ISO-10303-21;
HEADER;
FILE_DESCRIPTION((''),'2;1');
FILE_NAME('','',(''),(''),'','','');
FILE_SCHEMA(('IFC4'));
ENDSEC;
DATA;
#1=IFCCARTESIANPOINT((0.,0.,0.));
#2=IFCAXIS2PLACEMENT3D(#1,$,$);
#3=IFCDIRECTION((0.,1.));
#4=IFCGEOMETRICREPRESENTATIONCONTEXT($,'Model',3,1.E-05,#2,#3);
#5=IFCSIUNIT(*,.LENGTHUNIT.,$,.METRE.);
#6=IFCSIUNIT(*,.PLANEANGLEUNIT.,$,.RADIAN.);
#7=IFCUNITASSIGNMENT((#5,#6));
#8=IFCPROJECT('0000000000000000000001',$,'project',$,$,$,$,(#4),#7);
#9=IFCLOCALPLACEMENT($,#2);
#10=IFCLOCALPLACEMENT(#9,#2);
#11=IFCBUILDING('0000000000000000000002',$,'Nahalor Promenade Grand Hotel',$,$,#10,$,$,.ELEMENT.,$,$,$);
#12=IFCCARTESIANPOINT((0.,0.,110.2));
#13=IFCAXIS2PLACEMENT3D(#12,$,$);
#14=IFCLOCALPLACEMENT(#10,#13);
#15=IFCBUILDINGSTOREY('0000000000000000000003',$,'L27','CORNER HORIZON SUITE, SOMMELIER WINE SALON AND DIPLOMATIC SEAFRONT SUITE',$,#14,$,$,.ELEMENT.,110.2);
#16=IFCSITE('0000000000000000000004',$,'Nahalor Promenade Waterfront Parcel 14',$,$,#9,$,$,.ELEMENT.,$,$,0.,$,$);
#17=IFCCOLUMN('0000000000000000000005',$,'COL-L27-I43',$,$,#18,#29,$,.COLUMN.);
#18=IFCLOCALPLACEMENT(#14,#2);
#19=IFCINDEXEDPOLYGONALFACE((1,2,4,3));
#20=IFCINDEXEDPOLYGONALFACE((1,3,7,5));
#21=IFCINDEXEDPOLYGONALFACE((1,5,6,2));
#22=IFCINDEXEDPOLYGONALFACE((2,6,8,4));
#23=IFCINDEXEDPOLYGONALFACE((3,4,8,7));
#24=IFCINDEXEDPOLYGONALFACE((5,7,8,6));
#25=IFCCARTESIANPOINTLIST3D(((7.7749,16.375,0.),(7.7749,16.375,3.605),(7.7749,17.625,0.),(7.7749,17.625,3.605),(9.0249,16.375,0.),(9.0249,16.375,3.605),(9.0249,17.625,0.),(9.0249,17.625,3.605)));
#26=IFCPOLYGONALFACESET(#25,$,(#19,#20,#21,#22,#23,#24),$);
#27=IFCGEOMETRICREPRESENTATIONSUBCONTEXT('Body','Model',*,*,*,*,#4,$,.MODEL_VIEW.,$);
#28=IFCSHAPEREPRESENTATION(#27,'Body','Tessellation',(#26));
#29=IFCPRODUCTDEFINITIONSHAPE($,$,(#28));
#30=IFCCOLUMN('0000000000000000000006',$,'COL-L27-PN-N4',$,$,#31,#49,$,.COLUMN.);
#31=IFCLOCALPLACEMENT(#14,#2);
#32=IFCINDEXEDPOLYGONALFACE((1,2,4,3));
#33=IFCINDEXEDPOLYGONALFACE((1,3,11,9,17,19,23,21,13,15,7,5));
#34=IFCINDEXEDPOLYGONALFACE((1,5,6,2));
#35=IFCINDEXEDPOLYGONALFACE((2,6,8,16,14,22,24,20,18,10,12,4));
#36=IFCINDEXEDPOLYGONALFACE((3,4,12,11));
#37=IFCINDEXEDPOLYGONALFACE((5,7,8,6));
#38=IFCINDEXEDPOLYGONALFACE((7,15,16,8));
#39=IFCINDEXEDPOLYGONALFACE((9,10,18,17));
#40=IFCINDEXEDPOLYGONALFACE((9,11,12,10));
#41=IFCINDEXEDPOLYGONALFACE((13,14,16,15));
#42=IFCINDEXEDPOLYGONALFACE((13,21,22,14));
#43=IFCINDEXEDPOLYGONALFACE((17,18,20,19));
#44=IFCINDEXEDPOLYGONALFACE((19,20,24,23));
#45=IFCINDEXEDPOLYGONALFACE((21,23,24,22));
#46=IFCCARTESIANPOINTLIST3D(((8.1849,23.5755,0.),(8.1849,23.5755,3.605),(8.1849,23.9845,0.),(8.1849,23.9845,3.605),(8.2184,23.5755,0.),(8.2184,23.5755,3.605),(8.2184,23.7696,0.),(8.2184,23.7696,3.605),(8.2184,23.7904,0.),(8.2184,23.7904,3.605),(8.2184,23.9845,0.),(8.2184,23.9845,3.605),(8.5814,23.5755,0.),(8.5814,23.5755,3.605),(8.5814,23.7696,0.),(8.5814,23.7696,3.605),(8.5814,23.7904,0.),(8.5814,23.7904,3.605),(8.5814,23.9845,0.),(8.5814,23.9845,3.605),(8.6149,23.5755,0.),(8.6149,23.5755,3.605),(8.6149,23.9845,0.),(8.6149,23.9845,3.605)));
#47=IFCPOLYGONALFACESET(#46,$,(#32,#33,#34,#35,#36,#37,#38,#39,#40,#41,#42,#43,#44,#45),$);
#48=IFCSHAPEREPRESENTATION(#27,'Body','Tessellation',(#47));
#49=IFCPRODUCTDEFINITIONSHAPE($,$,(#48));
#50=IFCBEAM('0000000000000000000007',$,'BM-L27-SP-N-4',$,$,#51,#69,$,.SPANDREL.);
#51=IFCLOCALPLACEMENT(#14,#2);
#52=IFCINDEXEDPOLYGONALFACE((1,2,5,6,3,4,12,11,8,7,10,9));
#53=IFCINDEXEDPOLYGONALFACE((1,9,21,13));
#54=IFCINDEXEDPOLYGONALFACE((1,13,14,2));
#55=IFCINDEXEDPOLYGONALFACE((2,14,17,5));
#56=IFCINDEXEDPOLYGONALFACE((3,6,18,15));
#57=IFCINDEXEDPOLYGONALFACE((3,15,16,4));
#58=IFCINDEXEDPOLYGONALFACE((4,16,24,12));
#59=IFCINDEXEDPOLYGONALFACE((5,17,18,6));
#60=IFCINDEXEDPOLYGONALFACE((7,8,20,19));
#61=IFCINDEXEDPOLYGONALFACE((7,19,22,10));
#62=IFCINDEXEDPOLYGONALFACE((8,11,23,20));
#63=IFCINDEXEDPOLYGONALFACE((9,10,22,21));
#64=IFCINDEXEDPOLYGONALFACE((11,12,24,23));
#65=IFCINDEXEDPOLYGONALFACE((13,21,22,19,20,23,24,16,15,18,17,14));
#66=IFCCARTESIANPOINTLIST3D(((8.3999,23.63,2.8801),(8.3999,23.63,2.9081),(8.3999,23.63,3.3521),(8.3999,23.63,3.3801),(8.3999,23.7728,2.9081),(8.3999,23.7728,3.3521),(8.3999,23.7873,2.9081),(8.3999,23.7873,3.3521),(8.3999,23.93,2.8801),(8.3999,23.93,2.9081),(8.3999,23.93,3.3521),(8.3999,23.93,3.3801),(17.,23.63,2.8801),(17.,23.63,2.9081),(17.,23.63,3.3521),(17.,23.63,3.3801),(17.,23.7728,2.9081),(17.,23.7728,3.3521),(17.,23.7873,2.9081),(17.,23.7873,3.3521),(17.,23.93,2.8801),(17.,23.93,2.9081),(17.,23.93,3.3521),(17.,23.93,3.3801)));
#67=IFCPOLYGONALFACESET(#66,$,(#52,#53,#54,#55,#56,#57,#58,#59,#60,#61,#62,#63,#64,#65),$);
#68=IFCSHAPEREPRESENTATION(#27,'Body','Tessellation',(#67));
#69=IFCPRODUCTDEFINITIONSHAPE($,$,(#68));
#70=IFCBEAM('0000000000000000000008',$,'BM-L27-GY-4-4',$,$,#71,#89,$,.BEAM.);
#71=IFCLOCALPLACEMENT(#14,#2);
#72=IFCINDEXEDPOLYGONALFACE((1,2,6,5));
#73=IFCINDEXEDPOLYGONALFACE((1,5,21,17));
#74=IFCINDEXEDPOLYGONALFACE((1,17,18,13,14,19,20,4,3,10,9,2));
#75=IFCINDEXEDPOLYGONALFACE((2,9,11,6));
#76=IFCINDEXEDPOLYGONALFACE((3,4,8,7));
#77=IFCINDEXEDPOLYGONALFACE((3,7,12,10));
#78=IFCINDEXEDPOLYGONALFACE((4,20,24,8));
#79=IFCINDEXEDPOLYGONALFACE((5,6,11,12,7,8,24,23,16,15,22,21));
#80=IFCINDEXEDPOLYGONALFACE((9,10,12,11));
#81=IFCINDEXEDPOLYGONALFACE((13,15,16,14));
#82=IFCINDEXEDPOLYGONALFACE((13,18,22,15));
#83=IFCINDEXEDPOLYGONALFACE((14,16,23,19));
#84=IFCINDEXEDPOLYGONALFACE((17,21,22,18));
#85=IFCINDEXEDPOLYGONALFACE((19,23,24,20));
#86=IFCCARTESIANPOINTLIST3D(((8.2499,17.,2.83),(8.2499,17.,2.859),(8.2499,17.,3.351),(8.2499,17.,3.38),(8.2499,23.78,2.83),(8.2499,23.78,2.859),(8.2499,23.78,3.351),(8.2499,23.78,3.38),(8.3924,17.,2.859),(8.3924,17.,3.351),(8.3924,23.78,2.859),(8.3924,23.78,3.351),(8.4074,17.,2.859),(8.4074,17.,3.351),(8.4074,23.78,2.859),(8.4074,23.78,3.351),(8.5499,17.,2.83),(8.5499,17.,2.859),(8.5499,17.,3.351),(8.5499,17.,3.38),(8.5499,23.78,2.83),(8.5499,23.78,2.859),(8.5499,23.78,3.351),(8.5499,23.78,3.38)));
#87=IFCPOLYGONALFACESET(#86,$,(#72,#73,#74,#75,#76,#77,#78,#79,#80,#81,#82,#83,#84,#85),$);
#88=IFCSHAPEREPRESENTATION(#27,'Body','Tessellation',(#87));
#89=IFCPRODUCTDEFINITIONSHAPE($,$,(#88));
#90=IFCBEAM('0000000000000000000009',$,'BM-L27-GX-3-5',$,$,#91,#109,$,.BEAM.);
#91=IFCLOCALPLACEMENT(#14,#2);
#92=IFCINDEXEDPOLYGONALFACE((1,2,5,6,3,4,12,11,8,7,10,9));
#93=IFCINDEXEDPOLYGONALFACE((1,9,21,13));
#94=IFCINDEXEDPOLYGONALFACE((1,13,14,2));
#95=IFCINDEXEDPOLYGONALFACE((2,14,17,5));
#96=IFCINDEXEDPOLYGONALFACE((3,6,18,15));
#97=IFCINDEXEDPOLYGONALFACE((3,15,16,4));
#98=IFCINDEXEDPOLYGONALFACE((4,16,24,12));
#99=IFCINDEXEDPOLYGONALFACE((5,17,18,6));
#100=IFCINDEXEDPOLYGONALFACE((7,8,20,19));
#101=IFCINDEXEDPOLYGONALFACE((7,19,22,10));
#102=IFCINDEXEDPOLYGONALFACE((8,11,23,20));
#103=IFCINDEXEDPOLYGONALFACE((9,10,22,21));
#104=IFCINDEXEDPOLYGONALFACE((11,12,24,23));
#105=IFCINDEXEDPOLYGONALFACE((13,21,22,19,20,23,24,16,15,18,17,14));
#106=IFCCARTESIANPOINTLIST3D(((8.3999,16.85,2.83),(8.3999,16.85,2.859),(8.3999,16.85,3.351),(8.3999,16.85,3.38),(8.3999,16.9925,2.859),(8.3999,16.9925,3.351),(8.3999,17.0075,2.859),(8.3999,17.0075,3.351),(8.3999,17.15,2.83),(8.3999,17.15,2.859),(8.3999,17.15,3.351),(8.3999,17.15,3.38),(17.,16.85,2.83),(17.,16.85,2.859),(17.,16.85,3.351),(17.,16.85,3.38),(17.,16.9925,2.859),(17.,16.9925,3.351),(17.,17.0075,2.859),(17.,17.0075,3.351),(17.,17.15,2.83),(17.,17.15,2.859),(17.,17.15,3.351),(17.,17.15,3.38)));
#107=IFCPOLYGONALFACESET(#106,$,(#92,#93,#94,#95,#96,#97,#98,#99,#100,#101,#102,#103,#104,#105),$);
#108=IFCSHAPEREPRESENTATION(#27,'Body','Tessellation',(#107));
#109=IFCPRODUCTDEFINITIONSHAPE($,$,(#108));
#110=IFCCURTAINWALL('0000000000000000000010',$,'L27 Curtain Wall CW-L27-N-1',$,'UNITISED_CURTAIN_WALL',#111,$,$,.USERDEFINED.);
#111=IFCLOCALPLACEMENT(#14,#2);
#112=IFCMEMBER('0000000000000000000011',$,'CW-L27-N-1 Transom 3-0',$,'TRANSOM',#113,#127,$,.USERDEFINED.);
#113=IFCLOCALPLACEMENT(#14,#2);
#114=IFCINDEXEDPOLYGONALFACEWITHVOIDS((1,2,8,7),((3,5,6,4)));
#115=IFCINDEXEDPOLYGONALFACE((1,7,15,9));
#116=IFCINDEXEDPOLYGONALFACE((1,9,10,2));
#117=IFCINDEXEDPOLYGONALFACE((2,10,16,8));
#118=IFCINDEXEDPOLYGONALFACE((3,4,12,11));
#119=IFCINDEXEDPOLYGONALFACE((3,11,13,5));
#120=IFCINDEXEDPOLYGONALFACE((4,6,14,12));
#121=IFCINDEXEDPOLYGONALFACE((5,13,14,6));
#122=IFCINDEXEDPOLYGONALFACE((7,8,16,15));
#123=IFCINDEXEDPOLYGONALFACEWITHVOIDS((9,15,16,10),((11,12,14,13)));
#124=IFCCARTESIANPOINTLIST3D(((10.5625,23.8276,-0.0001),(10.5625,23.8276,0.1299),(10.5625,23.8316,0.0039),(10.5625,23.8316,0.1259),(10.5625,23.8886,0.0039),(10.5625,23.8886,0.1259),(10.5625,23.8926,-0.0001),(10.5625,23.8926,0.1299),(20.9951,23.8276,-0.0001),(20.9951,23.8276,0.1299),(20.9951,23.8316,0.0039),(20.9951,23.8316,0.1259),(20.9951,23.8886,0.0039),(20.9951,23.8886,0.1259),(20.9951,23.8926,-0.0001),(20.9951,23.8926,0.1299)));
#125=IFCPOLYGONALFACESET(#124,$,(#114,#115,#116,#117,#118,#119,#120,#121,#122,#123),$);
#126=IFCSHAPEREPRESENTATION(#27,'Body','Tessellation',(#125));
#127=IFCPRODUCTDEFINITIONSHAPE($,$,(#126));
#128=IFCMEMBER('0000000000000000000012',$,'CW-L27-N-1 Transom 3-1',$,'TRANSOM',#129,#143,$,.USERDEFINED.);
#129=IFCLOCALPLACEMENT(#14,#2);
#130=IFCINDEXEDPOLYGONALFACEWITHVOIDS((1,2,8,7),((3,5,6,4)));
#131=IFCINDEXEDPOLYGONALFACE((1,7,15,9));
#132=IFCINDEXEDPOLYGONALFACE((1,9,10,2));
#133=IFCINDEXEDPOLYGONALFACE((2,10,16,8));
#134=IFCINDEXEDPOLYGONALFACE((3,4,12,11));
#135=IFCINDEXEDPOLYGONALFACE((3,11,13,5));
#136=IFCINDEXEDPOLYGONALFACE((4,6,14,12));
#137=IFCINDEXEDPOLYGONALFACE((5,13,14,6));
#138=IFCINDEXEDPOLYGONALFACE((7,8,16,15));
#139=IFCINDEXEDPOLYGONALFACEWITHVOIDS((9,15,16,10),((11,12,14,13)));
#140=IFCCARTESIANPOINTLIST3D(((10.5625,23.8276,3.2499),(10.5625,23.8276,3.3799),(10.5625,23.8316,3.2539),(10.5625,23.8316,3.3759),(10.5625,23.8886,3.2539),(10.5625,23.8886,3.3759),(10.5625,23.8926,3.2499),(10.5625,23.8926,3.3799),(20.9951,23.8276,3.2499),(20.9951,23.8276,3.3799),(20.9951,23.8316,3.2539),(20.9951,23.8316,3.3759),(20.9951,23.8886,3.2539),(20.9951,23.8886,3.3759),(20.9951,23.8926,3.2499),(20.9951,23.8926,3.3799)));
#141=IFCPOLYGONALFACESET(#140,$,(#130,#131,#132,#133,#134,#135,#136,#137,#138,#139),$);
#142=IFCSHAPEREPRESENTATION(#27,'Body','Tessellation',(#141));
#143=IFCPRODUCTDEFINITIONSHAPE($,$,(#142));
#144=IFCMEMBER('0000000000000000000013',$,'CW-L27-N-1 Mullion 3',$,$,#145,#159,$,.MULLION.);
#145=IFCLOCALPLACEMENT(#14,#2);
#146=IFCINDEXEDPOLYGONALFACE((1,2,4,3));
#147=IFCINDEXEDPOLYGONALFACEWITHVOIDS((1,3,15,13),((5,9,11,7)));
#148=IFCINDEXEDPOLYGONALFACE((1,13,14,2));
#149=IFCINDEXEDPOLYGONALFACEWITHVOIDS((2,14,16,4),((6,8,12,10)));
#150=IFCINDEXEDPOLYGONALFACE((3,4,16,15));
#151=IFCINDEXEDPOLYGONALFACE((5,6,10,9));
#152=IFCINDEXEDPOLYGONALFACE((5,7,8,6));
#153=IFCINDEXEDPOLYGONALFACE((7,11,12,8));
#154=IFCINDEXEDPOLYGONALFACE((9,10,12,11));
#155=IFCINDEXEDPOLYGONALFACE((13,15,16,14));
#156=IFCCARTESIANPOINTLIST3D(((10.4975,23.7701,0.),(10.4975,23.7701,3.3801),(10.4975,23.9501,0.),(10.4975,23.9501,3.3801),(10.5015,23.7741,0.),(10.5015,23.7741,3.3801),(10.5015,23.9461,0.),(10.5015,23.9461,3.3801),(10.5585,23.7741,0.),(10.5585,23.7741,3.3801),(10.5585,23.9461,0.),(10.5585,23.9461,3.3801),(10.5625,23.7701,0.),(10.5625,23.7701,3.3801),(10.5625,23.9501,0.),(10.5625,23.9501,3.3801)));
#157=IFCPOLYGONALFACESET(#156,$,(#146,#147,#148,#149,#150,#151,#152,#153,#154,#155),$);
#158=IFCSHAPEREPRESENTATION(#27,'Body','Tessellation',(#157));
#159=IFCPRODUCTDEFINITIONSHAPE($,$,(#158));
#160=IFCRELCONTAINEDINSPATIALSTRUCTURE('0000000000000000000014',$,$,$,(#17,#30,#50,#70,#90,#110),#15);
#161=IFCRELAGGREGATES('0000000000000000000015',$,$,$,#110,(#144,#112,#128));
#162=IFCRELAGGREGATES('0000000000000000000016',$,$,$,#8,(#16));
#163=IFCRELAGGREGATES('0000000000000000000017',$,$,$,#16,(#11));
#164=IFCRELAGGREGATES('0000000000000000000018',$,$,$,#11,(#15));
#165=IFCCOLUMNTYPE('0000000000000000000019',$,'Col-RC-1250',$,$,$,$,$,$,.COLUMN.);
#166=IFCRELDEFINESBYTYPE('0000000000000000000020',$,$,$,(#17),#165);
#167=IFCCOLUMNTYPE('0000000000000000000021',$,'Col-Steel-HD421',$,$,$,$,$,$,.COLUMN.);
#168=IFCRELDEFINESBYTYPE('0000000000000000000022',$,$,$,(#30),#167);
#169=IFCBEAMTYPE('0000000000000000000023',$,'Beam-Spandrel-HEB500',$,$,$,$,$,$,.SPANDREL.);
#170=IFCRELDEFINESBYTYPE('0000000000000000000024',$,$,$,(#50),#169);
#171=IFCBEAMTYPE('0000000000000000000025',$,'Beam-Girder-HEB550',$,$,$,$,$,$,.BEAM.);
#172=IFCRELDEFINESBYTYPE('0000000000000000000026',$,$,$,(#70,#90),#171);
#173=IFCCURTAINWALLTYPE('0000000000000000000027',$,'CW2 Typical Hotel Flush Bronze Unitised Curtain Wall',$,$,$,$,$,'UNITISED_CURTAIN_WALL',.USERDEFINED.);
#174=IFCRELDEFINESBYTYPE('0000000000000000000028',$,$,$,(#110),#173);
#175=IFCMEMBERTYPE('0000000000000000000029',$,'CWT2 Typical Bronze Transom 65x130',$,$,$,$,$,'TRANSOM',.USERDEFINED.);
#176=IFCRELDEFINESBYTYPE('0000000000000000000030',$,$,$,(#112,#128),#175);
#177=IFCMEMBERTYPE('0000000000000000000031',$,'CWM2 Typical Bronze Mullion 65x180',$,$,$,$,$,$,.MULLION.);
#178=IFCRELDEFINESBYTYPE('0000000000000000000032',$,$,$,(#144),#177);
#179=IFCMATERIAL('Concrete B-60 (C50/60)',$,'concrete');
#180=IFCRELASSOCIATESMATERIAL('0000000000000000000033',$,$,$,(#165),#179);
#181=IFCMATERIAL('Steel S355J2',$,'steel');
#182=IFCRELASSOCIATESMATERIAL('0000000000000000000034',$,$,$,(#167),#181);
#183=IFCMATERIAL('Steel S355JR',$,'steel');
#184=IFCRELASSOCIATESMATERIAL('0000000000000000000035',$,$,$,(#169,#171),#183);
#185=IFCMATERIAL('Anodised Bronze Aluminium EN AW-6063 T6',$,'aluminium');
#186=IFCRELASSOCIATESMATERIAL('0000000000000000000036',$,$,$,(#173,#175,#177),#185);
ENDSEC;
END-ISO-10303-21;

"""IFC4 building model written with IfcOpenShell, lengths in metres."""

from ifc_helpers import new_model, si_unit, direction, frame, origin, origin_2d, place, context, subcontext, project, spatial, rectangle, hollow_rectangle, i_section, extrude, source, transform, mapped, material, material_profile, profile_set, type_object, element, aggregate, save


model = new_model("IFC4")

# Units and contexts
model_context = context("Model", 3, precision=1e-05, world=origin(), true_north=direction((0.0, 1.0)))
body_context = subcontext(model_context, "Body", "Model", "MODEL_VIEW")
ifc_project = project(units=[si_unit("LENGTHUNIT", "METRE"), si_unit("PLANEANGLEUNIT", "RADIAN")], contexts=[model_context])

# Site, building, storey
site_placement = place(None, origin())
site = spatial("IfcSite", under=ifc_project, at=site_placement, Name="Nahalor Promenade Waterfront Parcel 14", CompositionType="ELEMENT", RefElevation=0.0)
building_placement = place(site_placement, origin())
building = spatial("IfcBuilding", under=site, at=building_placement, Name="Nahalor Promenade Grand Hotel", CompositionType="ELEMENT")
storey_placement = place(building_placement, frame((0.0, 0.0, 110.2)))
storey = spatial("IfcBuildingStorey", under=building, at=storey_placement, Name="L27", Description="CORNER HORIZON SUITE, SOMMELIER WINE SALON AND DIPLOMATIC SEAFRONT SUITE", CompositionType="ELEMENT", Elevation=110.2)

# Columns
ifc_material_1 = material(Name="Concrete B-60 (C50/60)", Category="concrete")
ifc_material_profile_1 = material_profile(ifc_material_1, rectangle(XDim=1.25, YDim=1.25, at=origin_2d()), Name="RC 1250x1250")
ifc_profile_set_1 = profile_set([ifc_material_profile_1], Name="Concrete B-60 (C50/60)")
column_type_1 = type_object("IfcColumnType", Name="Col-RC-1250", PredefinedType="COLUMN", material=ifc_profile_set_1)
shared_shape_1 = source(origin(), body_context, "Body", "SweptSolid", [
    extrude(rectangle(XDim=1.25, YDim=1.25, at=origin_2d()), origin(), (0.0, 0.0, 1.0), 3.605),
])
column_1_placement = place(storey_placement, frame((8.3999, 17.0, 0.0), z_axis=(0.0, 0.0, 1.0), x_axis=(1.0, 0.0, 0.0)))
element("IfcColumn", 1, at=column_1_placement, inside=storey, type_object=column_type_1, Name="COL-L27-I43", PredefinedType="COLUMN", context=body_context, shape_type="MappedRepresentation", body=[
    mapped(shared_shape_1, transform((0.0, 0.0, 0.0), scale=1.0)),
])
ifc_material_2 = material(Name="Steel S355J2", Category="steel")
ifc_material_profile_2 = material_profile(ifc_material_2, i_section(OverallWidth=0.409, OverallDepth=0.43, WebThickness=0.0208, FlangeThickness=0.0335, at=origin_2d()), Name="HD 400x421")
ifc_profile_set_2 = profile_set([ifc_material_profile_2], Name="Steel S355J2")
column_type_2 = type_object("IfcColumnType", Name="Col-Steel-HD421", PredefinedType="COLUMN", material=ifc_profile_set_2)
shared_shape_2 = source(origin(), body_context, "Body", "SweptSolid", [
    extrude(i_section(OverallWidth=0.409, OverallDepth=0.43, WebThickness=0.0208, FlangeThickness=0.0335, at=origin_2d()), origin(), (0.0, 0.0, 1.0), 3.605),
])
column_2_placement = place(storey_placement, frame((8.3999, 23.78, 0.0), z_axis=(0.0, 0.0, 1.0), x_axis=(0.0, 1.0, 0.0)))
element("IfcColumn", 2, at=column_2_placement, inside=storey, type_object=column_type_2, Name="COL-L27-PN-N4", PredefinedType="COLUMN", context=body_context, shape_type="MappedRepresentation", body=[
    mapped(shared_shape_2, transform((0.0, 0.0, 0.0), scale=1.0)),
])

# Beams
ifc_material_3 = material(Name="Steel S355JR", Category="steel")
ifc_material_profile_3 = material_profile(ifc_material_3, i_section(OverallWidth=0.3, OverallDepth=0.5, WebThickness=0.0145, FlangeThickness=0.028, at=origin_2d()), Name="HEB 500")
ifc_profile_set_3 = profile_set([ifc_material_profile_3], Name="Steel S355JR")
beam_type_1 = type_object("IfcBeamType", Name="Beam-Spandrel-HEB500", PredefinedType="SPANDREL", material=ifc_profile_set_3)
shared_shape_3 = source(origin(), body_context, "Body", "SweptSolid", [
    extrude(i_section(OverallWidth=0.3, OverallDepth=0.5, WebThickness=0.0145, FlangeThickness=0.028, at=origin_2d()), origin(), (0.0, 0.0, 1.0), 8.6001),
])
beam_1_placement = place(storey_placement, frame((8.3999, 23.78, 3.1301), z_axis=(1.0, 0.0, 0.0), x_axis=(0.0, 1.0, 0.0)))
element("IfcBeam", 3, at=beam_1_placement, inside=storey, type_object=beam_type_1, Name="BM-L27-SP-N-4", PredefinedType="SPANDREL", context=body_context, shape_type="MappedRepresentation", body=[
    mapped(shared_shape_3, transform((0.0, 0.0, 0.0), scale=1.0)),
])
ifc_material_profile_4 = material_profile(ifc_material_3, i_section(OverallWidth=0.3, OverallDepth=0.55, WebThickness=0.015, FlangeThickness=0.029, at=origin_2d()), Name="HEB 550")
ifc_profile_set_4 = profile_set([ifc_material_profile_4], Name="Steel S355JR")
beam_type_2 = type_object("IfcBeamType", Name="Beam-Girder-HEB550", PredefinedType="BEAM", material=ifc_profile_set_4)
shared_shape_4 = source(origin(), body_context, "Body", "SweptSolid", [
    extrude(i_section(OverallWidth=0.3, OverallDepth=0.55, WebThickness=0.015, FlangeThickness=0.029, at=origin_2d()), origin(), (0.0, 0.0, 1.0), 6.78),
])
beam_2_placement = place(storey_placement, frame((8.3999, 17.0, 3.105), z_axis=(0.0, 1.0, 0.0), x_axis=(-1.0, 0.0, 0.0)))
element("IfcBeam", 4, at=beam_2_placement, inside=storey, type_object=beam_type_2, Name="BM-L27-GY-4-4", PredefinedType="BEAM", context=body_context, shape_type="MappedRepresentation", body=[
    mapped(shared_shape_4, transform((0.0, 0.0, 0.0), scale=1.0)),
])
shared_shape_5 = source(origin(), body_context, "Body", "SweptSolid", [
    extrude(i_section(OverallWidth=0.3, OverallDepth=0.55, WebThickness=0.015, FlangeThickness=0.029, at=origin_2d()), origin(), (0.0, 0.0, 1.0), 8.6001),
])
beam_3_placement = place(storey_placement, frame((8.3999, 17.0, 3.105), z_axis=(1.0, 0.0, 0.0), x_axis=(0.0, 1.0, 0.0)))
element("IfcBeam", 5, at=beam_3_placement, inside=storey, type_object=beam_type_2, Name="BM-L27-GX-3-5", PredefinedType="BEAM", context=body_context, shape_type="MappedRepresentation", body=[
    mapped(shared_shape_5, transform((0.0, 0.0, 0.0), scale=1.0)),
])

# Curtain wall, members
ifc_material_4 = material(Name="Anodised Bronze Aluminium EN AW-6063 T6", Category="aluminium")
curtain_wall_type = type_object("IfcCurtainWallType", Name="CW2 Typical Hotel Flush Bronze Unitised Curtain Wall", ElementType="UNITISED_CURTAIN_WALL", PredefinedType="USERDEFINED", material=ifc_material_4)
curtain_wall_placement = place(storey_placement, origin())
curtain_wall = element("IfcCurtainWall", 6, at=curtain_wall_placement, inside=storey, type_object=curtain_wall_type, Name="L27 Curtain Wall CW-L27-N-1", ObjectType="UNITISED_CURTAIN_WALL", PredefinedType="USERDEFINED")
ifc_material_profile_5 = material_profile(ifc_material_4, hollow_rectangle(XDim=0.065, YDim=0.13, WallThickness=0.004, at=origin_2d()), Name="CWT 65x130x4")
ifc_profile_set_5 = profile_set([ifc_material_profile_5], Name="Anodised Bronze Aluminium EN AW-6063 T6")
member_type_1 = type_object("IfcMemberType", Name="CWT2 Typical Bronze Transom 65x130", ElementType="TRANSOM", PredefinedType="USERDEFINED", material=ifc_profile_set_5)
shared_shape_6 = source(origin(), body_context, "Body", "SweptSolid", [
    extrude(hollow_rectangle(XDim=0.065, YDim=0.13, WallThickness=0.004, at=origin_2d()), origin(), (0.0, 0.0, 1.0), 10.4326),
])
member_1_placement = place(storey_placement, frame((10.5625, 23.8601, 0.0649), z_axis=(1.0, 0.0, 0.0), x_axis=(0.0, 1.0, 0.0)))
member_1 = element("IfcMember", 7, at=member_1_placement, type_object=member_type_1, Name="CW-L27-N-1 Transom 3-0", ObjectType="TRANSOM", PredefinedType="USERDEFINED", context=body_context, shape_type="MappedRepresentation", body=[
    mapped(shared_shape_6, transform((0.0, 0.0, 0.0), scale=1.0)),
])
member_2_placement = place(storey_placement, frame((10.5625, 23.8601, 3.3149), z_axis=(1.0, 0.0, 0.0), x_axis=(0.0, 1.0, 0.0)))
member_2 = element("IfcMember", 8, at=member_2_placement, type_object=member_type_1, Name="CW-L27-N-1 Transom 3-1", ObjectType="TRANSOM", PredefinedType="USERDEFINED", context=body_context, shape_type="MappedRepresentation", body=[
    mapped(shared_shape_6, transform((0.0, 0.0, 0.0), scale=1.0)),
])
ifc_material_profile_6 = material_profile(ifc_material_4, hollow_rectangle(XDim=0.065, YDim=0.18, WallThickness=0.004, at=origin_2d()), Name="CWM 65x180x4")
ifc_profile_set_6 = profile_set([ifc_material_profile_6], Name="Anodised Bronze Aluminium EN AW-6063 T6")
member_type_2 = type_object("IfcMemberType", Name="CWM2 Typical Bronze Mullion 65x180", PredefinedType="MULLION", material=ifc_profile_set_6)
shared_shape_7 = source(origin(), body_context, "Body", "SweptSolid", [
    extrude(hollow_rectangle(XDim=0.065, YDim=0.18, WallThickness=0.004, at=origin_2d()), origin(), (0.0, 0.0, 1.0), 3.3801),
])
member_3_placement = place(storey_placement, frame((10.53, 23.8601, 0.0), z_axis=(0.0, 0.0, 1.0), x_axis=(1.0, 0.0, 0.0)))
member_3 = element("IfcMember", 9, at=member_3_placement, type_object=member_type_2, Name="CW-L27-N-1 Mullion 3", PredefinedType="MULLION", context=body_context, shape_type="MappedRepresentation", body=[
    mapped(shared_shape_7, transform((0.0, 0.0, 0.0), scale=1.0)),
])
aggregate(curtain_wall, [member_3, member_1, member_2])

save(model, "model.ifc")
